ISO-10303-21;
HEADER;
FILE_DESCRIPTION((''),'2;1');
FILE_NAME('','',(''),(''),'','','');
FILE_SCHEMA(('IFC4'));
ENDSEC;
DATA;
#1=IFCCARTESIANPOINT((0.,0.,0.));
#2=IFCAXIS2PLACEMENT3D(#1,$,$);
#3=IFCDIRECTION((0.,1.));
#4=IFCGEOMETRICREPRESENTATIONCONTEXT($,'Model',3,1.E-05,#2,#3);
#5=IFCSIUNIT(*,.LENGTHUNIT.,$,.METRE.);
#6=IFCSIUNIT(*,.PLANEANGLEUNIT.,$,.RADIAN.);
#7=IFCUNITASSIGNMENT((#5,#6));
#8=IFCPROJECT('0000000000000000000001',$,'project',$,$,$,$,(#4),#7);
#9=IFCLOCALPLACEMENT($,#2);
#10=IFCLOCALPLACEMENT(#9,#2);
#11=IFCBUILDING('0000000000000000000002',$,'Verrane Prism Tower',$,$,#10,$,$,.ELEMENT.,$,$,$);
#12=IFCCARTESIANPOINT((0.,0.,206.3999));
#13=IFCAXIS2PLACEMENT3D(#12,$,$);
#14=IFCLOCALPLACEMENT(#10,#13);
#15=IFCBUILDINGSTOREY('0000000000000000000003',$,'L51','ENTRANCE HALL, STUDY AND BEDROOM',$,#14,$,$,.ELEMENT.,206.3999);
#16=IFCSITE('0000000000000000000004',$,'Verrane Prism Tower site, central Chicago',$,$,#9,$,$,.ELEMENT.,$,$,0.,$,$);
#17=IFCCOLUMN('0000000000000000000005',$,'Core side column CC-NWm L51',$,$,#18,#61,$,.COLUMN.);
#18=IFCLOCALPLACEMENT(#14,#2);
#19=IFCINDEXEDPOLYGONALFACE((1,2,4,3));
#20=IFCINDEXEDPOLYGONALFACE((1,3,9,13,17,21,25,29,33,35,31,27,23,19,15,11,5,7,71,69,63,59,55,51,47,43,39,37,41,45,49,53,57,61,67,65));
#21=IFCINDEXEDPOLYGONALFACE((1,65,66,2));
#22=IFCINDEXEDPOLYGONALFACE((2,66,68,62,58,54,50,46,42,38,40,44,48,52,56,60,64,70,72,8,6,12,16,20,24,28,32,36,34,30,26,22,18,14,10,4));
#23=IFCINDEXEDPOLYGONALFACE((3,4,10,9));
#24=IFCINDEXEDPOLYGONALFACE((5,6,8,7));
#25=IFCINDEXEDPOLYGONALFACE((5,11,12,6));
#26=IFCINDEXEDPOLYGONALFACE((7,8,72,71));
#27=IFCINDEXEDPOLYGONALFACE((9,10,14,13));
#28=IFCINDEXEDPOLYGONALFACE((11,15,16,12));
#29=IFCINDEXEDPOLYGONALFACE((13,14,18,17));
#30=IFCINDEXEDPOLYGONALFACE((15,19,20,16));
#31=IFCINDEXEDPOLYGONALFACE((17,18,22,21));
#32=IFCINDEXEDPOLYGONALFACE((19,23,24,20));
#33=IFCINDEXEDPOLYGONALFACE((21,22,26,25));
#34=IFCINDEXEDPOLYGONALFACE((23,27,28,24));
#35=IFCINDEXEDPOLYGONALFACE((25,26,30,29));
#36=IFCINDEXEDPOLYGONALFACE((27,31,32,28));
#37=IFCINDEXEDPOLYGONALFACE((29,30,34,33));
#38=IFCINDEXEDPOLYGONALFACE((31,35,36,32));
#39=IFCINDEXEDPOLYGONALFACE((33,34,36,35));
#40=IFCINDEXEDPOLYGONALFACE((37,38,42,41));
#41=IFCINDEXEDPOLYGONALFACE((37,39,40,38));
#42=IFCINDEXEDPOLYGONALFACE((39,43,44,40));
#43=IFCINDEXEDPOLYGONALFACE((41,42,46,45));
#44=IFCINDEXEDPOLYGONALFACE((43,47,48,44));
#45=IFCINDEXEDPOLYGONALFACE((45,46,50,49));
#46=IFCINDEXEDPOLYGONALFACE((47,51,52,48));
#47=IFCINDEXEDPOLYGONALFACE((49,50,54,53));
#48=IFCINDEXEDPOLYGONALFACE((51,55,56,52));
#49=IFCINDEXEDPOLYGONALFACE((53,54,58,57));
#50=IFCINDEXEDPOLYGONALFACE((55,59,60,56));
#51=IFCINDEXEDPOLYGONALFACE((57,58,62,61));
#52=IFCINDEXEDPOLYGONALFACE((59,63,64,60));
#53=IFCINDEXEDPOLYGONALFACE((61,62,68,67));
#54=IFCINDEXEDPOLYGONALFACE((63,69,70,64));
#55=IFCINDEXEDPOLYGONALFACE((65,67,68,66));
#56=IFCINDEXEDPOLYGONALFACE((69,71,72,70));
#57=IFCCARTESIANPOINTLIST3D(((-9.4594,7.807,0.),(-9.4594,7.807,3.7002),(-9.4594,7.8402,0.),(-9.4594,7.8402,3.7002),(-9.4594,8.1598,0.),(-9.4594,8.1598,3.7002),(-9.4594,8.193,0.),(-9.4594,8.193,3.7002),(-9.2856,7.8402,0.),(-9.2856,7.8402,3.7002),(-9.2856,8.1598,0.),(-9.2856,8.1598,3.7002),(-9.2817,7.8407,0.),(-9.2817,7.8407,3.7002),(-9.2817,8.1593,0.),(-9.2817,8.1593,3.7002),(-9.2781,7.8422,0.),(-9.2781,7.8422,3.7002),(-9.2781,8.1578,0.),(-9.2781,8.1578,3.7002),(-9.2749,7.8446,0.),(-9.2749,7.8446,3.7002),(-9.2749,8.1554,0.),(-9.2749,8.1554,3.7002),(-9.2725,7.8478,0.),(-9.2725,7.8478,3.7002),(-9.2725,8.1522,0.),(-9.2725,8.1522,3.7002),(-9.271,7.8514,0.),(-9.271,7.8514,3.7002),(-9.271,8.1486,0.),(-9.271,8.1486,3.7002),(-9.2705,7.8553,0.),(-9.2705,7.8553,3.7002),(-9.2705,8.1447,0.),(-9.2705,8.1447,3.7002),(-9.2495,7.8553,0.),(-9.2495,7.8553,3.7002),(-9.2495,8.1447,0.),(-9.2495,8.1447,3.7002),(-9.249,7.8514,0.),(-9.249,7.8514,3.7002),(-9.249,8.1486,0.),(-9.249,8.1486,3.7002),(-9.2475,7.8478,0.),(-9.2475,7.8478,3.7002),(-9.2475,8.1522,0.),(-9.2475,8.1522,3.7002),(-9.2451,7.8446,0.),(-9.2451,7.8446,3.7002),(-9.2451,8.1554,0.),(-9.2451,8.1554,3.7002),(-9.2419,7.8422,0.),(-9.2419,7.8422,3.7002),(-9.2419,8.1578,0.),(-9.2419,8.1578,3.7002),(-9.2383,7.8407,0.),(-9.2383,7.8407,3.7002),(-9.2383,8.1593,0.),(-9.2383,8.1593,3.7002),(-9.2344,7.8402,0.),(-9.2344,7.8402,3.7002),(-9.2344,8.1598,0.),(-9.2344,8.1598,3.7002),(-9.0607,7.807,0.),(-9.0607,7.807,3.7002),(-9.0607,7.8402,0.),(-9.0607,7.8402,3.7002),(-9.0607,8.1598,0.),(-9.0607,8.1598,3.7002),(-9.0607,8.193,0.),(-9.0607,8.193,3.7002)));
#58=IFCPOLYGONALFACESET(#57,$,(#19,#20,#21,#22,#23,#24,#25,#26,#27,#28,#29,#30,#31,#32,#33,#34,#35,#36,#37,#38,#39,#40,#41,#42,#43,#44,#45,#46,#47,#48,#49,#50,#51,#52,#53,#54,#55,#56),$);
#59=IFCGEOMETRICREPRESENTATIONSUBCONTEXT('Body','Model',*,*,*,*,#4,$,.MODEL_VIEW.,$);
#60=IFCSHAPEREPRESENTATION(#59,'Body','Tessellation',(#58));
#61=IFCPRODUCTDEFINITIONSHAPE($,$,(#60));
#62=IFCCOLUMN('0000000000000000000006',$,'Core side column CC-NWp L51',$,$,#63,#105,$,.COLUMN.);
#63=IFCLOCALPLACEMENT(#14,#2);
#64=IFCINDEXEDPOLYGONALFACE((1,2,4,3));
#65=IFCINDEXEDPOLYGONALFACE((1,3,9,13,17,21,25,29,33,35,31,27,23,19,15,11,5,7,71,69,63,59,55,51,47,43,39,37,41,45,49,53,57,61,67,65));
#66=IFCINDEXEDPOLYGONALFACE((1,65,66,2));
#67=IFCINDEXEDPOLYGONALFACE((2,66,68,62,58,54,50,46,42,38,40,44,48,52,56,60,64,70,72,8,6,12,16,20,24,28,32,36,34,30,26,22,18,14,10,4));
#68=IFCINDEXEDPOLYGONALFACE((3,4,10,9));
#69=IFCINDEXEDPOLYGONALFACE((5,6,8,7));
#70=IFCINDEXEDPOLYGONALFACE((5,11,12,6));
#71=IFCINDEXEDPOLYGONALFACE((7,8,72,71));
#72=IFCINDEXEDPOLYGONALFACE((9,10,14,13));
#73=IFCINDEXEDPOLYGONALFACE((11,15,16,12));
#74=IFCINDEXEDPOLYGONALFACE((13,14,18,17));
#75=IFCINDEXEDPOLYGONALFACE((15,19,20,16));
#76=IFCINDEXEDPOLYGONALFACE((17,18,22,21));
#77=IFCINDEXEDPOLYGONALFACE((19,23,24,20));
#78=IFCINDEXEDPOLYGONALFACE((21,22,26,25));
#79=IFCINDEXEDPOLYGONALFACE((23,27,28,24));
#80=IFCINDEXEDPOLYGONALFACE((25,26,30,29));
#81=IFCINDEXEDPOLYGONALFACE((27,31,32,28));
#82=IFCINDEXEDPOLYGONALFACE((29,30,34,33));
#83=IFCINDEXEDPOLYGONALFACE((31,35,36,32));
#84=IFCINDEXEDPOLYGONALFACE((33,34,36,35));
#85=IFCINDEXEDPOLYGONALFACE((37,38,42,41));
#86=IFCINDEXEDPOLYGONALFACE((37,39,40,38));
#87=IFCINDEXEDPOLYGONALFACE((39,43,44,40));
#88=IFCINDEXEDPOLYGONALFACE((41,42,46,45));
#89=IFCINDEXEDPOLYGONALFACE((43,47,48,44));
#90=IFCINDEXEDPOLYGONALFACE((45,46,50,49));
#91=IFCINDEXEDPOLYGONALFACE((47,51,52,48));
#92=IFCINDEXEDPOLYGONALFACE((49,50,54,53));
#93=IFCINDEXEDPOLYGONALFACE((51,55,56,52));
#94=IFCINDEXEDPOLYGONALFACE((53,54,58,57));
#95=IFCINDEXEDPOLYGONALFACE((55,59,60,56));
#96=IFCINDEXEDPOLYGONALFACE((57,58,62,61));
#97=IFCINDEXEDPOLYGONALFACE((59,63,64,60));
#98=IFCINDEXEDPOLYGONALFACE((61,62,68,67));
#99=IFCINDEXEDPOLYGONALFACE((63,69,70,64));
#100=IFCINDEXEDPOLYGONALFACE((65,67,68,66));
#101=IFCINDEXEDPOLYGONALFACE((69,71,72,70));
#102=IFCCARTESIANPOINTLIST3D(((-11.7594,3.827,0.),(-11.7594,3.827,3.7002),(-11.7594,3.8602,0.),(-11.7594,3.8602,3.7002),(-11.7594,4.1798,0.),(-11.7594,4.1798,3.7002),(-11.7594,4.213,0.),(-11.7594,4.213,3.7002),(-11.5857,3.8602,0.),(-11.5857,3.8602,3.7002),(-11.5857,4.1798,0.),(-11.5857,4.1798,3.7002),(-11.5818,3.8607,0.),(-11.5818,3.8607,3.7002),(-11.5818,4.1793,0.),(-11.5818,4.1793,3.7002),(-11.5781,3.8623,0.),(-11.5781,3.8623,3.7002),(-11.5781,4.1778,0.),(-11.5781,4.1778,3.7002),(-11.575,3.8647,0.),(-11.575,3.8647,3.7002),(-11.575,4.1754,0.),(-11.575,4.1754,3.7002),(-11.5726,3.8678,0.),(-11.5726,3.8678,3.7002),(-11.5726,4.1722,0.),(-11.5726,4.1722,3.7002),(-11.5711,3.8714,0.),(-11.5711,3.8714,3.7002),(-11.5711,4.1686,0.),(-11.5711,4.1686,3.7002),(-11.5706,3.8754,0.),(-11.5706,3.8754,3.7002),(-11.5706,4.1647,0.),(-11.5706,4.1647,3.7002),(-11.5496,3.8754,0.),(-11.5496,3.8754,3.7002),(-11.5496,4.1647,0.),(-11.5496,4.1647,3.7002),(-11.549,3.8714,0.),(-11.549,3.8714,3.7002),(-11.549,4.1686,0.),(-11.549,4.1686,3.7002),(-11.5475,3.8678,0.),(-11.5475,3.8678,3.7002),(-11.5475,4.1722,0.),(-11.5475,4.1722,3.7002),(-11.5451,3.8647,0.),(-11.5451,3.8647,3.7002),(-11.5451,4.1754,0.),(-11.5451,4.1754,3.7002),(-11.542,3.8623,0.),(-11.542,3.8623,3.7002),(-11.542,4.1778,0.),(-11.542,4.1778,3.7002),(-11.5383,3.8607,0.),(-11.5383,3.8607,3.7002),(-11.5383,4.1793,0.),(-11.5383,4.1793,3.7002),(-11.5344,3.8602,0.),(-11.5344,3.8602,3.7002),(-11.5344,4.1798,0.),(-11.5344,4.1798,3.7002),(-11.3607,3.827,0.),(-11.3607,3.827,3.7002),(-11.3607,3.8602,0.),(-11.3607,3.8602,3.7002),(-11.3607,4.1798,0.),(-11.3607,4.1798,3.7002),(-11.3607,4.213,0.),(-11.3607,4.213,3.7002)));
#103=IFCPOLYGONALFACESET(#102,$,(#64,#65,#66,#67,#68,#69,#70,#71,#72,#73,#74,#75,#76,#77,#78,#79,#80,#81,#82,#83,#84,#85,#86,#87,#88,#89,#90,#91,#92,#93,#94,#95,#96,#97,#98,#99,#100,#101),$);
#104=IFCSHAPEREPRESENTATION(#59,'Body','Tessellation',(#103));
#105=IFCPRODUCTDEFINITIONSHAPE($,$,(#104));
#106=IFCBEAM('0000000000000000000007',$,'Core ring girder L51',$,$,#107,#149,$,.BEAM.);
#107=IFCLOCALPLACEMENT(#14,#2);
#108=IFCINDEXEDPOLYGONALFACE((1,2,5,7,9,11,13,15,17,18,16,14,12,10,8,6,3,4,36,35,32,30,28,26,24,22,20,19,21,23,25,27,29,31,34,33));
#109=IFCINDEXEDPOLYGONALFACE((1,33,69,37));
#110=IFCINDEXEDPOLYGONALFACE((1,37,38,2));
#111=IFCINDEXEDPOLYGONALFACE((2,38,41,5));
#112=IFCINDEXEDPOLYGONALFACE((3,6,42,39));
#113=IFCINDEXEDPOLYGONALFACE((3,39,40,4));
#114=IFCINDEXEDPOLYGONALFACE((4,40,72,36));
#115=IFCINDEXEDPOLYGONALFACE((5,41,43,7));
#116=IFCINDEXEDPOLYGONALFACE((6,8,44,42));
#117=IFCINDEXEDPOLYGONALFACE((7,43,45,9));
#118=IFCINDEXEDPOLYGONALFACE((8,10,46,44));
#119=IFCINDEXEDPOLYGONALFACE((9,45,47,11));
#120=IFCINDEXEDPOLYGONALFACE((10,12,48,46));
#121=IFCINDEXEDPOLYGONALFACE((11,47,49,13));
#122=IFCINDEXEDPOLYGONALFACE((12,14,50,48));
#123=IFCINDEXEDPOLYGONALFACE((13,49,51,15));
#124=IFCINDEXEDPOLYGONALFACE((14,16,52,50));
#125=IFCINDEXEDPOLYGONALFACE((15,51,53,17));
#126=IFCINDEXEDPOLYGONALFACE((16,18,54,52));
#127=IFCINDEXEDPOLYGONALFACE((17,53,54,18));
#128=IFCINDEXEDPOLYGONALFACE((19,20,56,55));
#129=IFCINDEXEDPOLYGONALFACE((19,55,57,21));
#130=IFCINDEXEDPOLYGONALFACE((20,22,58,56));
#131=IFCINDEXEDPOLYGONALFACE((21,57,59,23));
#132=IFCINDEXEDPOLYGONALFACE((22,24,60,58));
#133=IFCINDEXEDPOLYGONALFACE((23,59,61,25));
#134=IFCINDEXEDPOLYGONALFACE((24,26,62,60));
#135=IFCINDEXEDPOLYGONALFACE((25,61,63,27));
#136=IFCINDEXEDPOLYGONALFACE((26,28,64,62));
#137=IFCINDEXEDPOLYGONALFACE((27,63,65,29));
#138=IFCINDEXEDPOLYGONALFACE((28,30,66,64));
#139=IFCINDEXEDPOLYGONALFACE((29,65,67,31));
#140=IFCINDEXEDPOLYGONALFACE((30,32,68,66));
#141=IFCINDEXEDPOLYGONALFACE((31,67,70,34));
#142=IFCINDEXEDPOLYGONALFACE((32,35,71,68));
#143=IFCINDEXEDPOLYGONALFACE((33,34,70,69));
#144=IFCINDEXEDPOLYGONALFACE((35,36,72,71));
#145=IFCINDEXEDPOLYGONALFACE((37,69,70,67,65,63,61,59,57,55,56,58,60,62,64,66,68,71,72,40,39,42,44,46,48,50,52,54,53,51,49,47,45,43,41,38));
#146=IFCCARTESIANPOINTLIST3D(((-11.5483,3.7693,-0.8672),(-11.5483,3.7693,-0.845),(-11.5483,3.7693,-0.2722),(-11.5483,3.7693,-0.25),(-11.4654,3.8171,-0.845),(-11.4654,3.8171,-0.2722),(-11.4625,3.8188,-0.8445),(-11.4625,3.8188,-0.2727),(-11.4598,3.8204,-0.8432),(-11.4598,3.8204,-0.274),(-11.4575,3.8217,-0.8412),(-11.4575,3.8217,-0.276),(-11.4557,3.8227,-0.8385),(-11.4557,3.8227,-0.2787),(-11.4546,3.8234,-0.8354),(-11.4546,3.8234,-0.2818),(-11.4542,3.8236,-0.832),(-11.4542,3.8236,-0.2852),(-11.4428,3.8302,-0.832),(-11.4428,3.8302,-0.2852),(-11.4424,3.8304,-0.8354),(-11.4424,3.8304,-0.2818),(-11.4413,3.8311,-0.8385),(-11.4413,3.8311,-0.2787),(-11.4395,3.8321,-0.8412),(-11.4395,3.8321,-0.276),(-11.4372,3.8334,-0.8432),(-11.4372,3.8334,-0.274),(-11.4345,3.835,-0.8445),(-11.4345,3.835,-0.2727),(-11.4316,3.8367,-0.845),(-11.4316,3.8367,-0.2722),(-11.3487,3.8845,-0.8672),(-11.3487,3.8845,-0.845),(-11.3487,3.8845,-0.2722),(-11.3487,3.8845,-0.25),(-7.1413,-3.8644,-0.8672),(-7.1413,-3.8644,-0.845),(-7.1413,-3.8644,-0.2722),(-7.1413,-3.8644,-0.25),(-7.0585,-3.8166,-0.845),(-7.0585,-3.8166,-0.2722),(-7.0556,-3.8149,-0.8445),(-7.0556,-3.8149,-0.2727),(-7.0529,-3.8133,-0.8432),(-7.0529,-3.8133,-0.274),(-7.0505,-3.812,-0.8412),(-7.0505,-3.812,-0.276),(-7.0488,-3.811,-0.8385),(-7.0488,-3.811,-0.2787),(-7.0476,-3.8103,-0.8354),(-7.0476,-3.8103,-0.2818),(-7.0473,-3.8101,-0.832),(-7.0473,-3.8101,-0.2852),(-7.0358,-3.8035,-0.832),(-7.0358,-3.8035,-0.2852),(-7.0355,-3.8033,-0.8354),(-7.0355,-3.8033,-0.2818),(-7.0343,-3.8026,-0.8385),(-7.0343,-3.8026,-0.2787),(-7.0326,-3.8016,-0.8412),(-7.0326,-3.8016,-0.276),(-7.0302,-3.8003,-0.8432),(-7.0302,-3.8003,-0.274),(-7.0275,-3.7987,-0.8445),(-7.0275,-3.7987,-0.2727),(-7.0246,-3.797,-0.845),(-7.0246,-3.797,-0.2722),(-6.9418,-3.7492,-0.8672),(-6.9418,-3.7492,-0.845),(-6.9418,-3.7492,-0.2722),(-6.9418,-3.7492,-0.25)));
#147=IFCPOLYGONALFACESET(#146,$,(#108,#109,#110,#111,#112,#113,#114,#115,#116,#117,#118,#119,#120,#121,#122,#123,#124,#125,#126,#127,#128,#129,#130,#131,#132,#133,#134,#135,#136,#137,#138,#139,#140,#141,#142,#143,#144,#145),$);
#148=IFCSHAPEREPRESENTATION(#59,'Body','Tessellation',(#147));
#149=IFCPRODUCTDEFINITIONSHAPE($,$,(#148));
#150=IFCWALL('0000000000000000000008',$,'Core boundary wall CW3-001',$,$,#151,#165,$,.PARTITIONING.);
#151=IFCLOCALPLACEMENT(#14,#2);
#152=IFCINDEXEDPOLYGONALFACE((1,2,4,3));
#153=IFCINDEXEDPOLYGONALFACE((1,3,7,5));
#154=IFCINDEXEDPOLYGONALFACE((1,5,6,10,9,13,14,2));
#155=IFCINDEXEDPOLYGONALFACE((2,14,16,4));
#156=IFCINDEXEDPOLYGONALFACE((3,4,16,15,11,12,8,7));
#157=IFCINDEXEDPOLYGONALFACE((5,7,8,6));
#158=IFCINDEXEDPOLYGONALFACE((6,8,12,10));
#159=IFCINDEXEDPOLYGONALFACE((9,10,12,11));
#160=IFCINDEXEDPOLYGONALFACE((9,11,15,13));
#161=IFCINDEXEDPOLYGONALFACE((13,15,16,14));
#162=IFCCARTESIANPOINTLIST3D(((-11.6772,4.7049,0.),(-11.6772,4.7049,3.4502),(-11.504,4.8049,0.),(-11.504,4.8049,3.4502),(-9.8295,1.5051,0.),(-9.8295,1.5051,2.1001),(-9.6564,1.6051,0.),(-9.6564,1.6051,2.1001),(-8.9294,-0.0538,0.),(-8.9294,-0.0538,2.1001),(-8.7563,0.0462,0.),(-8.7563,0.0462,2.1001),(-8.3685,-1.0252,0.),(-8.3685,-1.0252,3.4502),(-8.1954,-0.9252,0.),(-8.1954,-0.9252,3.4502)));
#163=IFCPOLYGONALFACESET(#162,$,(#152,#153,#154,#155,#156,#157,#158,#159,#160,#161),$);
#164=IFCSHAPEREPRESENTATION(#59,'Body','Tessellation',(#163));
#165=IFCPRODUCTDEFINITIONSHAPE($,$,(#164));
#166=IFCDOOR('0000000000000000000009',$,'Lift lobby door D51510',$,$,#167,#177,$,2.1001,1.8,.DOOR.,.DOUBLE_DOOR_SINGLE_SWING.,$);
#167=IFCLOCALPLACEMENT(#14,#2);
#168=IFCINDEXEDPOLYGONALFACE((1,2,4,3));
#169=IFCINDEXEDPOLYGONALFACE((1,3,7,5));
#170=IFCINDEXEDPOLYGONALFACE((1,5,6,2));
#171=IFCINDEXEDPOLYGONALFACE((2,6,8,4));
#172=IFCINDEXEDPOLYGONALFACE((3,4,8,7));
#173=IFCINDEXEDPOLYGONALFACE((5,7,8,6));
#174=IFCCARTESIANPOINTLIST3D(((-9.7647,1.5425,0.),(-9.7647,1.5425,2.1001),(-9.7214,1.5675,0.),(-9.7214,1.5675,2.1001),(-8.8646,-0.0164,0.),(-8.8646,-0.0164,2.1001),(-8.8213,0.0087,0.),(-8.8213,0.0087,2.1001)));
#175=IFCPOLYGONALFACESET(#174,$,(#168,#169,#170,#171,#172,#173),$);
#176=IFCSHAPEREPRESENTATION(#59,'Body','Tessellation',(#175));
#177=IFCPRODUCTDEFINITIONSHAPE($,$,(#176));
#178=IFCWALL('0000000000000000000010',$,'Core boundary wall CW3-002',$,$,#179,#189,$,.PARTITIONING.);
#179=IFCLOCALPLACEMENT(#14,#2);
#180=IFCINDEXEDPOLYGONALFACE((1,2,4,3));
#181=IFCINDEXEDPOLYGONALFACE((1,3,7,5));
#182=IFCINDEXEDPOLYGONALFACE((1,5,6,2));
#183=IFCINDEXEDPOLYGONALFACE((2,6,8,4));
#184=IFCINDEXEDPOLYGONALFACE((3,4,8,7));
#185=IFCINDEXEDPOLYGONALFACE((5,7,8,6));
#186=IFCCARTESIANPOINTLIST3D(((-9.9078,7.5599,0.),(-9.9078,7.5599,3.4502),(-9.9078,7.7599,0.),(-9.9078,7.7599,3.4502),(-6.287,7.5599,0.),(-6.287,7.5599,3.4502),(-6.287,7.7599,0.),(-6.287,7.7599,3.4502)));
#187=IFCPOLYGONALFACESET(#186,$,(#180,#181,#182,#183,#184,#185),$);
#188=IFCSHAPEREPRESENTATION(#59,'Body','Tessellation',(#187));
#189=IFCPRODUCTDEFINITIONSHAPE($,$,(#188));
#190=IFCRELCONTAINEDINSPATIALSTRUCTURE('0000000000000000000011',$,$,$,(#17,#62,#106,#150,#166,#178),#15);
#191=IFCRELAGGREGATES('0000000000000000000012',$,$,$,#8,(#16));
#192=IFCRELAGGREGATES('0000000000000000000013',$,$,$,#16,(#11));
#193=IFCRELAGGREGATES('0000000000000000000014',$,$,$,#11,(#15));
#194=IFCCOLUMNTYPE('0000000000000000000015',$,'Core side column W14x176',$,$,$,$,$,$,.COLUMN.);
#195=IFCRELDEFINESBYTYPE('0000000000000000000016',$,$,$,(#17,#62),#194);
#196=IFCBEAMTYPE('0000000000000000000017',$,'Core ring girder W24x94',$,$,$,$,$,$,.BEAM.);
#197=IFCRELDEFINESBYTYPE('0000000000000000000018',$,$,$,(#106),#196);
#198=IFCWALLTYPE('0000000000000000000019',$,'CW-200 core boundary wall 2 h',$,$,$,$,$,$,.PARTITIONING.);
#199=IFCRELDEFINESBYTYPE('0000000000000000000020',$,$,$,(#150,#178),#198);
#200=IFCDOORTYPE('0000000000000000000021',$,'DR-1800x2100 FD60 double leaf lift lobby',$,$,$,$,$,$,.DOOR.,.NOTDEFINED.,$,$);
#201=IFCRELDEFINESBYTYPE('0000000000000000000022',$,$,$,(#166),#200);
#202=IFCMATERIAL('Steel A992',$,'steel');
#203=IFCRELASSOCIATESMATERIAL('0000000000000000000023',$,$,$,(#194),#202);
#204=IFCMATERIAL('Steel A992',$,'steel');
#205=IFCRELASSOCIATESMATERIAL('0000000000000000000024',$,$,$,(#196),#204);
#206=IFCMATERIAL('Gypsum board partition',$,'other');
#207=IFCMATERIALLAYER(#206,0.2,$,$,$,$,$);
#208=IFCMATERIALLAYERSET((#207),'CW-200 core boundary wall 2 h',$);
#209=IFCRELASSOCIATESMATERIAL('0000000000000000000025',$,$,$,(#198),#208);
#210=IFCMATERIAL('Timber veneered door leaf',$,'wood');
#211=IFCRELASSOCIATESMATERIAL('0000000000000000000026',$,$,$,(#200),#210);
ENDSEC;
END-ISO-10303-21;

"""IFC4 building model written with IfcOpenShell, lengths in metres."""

from ifc_helpers import new_model, si_unit, direction, frame, frame_2d, origin, origin_2d, place, context, subcontext, project, spatial, rectangle, i_section, extrude, material, layer, layer_set, material_profile, profile_set, type_object, element, fill, save


model = new_model("IFC4")

# Units and contexts
model_context = context("Model", 3, precision=1e-05, world=origin(), true_north=direction((0.0, 1.0)))
body_context = subcontext(model_context, "Body", "Model", "MODEL_VIEW")
ifc_project = project(units=[si_unit("LENGTHUNIT", "METRE"), si_unit("PLANEANGLEUNIT", "RADIAN")], contexts=[model_context])

# Site, building, storey
site_placement = place(None, origin())
site = spatial("IfcSite", under=ifc_project, at=site_placement, Name="Verrane Prism Tower site, central Chicago", CompositionType="ELEMENT", RefElevation=0.0)
building_placement = place(site_placement, origin())
building = spatial("IfcBuilding", under=site, at=building_placement, Name="Verrane Prism Tower", CompositionType="ELEMENT")
storey_placement = place(building_placement, frame((0.0, 0.0, 206.3999)))
storey = spatial("IfcBuildingStorey", under=building, at=storey_placement, Name="L51", Description="ENTRANCE HALL, STUDY AND BEDROOM", CompositionType="ELEMENT", Elevation=206.3999)

# Columns
ifc_material_1 = material(Name="Steel A992", Category="steel")
ifc_material_profile_1 = material_profile(ifc_material_1, i_section(OverallWidth=0.3987, OverallDepth=0.386, WebThickness=0.021, FlangeThickness=0.0332, FilletRadius=0.0151, at=origin_2d()), Name="W14x176")
ifc_profile_set_1 = profile_set([ifc_material_profile_1], Name="Steel A992")
column_type = type_object("IfcColumnType", Name="Core side column W14x176", PredefinedType="COLUMN", material=ifc_profile_set_1)
for number, where, z_axis, x_axis, name in (
    (1, (-9.26, 8.0, 0.0), (0.0, 0.0, 1.0), (1.0, 0.0, 0.0), "Core side column CC-NWm L51"),
    (2, (-11.5601, 4.02, 0.0), (0.0, 0.0, 1.0), (1.0, 0.0, 0.0), "Core side column CC-NWp L51"),
):
    element("IfcColumn", number, at=place(storey_placement, frame(where, z_axis=z_axis, x_axis=x_axis)), inside=storey, type_object=column_type, Name=name, PredefinedType="COLUMN", context=body_context, shape_type="SweptSolid", body=[
        extrude(i_section(OverallWidth=0.3987, OverallDepth=0.386, WebThickness=0.021, FlangeThickness=0.0332, FilletRadius=0.0151, at=origin_2d()), origin(), (0.0, 0.0, 1.0), 3.7002),
    ])

# Beam
ifc_material_2 = material(Name="Steel A992", Category="steel")
ifc_material_profile_2 = material_profile(ifc_material_2, i_section(OverallWidth=0.2305, OverallDepth=0.6172, WebThickness=0.0132, FlangeThickness=0.0222, FilletRadius=0.0129, at=origin_2d()), Name="W24x94")
ifc_profile_set_2 = profile_set([ifc_material_profile_2], Name="Steel A992")
beam_type = type_object("IfcBeamType", Name="Core ring girder W24x94", PredefinedType="BEAM", material=ifc_profile_set_2)
beam_placement = place(storey_placement, frame((-11.4485, 3.8269, -0.5586), z_axis=(0.499967, -0.866044, 0.0), x_axis=(0.866044, 0.499967, 0.0)))
element("IfcBeam", 3, at=beam_placement, inside=storey, type_object=beam_type, Name="Core ring girder L51", PredefinedType="BEAM", context=body_context, shape_type="SweptSolid", body=[
    extrude(i_section(OverallWidth=0.2305, OverallDepth=0.6172, WebThickness=0.0132, FlangeThickness=0.0222, FilletRadius=0.0129, at=origin_2d()), origin(), (0.0, 0.0, 1.0), 8.8145),
])

# Wall, opening, door
ifc_material_3 = material(Name="Gypsum board partition", Category="other")
ifc_layer_1 = layer(ifc_material_3, 0.2)
ifc_layer_set_1 = layer_set([ifc_layer_1], Name="CW-200 core boundary wall 2 h")
wall_type_1 = type_object("IfcWallType", Name="CW-200 core boundary wall 2 h", PredefinedType="PARTITIONING", material=ifc_layer_set_1)
wall_1_placement = place(storey_placement, frame((-11.5906, 4.7549, 0.0), z_axis=(0.0, 0.0, 1.0), x_axis=(0.500044, -0.866, 0.0)))
wall_1 = element("IfcWall", 4, at=wall_1_placement, inside=storey, type_object=wall_type_1, Name="Core boundary wall CW3-001", PredefinedType="PARTITIONING", context=body_context, shape_type="SweptSolid", body=[
    extrude(rectangle(XDim=6.6167, YDim=0.2, at=frame_2d((3.3083, 0.0))), origin(), (0.0, 0.0, 1.0), 3.4502),
])
opening_1_placement = place(wall_1_placement, frame((3.6951, 0.0, 0.0)))
opening_1 = element("IfcOpeningElement", 5, at=opening_1_placement, cuts=wall_1, PredefinedType="OPENING", context=body_context, shape_type="SweptSolid", body=[
    extrude(rectangle(XDim=1.8, YDim=2.1001, at=frame_2d((0.8999, 1.05))), frame((0.0, 0.1099, 0.0), z_axis=(0.0, -1.0, 0.0), x_axis=(1.0, 0.0, 0.0)), (0.0, 0.0, 1.0), 0.22),
])
ifc_material_4 = material(Name="Timber veneered door leaf", Category="wood")
door_type_1 = type_object("IfcDoorType", Name="DR-1800x2100 FD60 double leaf lift lobby", OperationType="NOTDEFINED", PredefinedType="DOOR", material=ifc_material_4)
door_1_placement = place(opening_1_placement, origin())
door_1 = element("IfcDoor", 6, at=door_1_placement, inside=storey, type_object=door_type_1, Name="Lift lobby door D51510", OperationType="DOUBLE_DOOR_SINGLE_SWING", OverallHeight=2.1001, OverallWidth=1.8, PredefinedType="DOOR", context=body_context, shape_type="SweptSolid", body=[
    extrude(rectangle(XDim=1.8, YDim=2.1001, at=frame_2d((0.8999, 1.05))), frame((0.0, 0.0249, 0.0), z_axis=(0.0, -1.0, 0.0), x_axis=(1.0, 0.0, 0.0)), (0.0, 0.0, 1.0), 0.05),
])
fill(opening_1, door_1)

# Wall
wall_2_placement = place(storey_placement, frame((-9.908, 7.6599, 0.0), z_axis=(0.0, 0.0, 1.0), x_axis=(1.0, 0.0, 0.0)))
element("IfcWall", 7, at=wall_2_placement, inside=storey, type_object=wall_type_1, Name="Core boundary wall CW3-002", PredefinedType="PARTITIONING", context=body_context, shape_type="SweptSolid", body=[
    extrude(rectangle(XDim=3.6208, YDim=0.2, at=frame_2d((1.8105, 0.0))), origin(), (0.0, 0.0, 1.0), 3.4502),
])

save(model, "model.ifc")
